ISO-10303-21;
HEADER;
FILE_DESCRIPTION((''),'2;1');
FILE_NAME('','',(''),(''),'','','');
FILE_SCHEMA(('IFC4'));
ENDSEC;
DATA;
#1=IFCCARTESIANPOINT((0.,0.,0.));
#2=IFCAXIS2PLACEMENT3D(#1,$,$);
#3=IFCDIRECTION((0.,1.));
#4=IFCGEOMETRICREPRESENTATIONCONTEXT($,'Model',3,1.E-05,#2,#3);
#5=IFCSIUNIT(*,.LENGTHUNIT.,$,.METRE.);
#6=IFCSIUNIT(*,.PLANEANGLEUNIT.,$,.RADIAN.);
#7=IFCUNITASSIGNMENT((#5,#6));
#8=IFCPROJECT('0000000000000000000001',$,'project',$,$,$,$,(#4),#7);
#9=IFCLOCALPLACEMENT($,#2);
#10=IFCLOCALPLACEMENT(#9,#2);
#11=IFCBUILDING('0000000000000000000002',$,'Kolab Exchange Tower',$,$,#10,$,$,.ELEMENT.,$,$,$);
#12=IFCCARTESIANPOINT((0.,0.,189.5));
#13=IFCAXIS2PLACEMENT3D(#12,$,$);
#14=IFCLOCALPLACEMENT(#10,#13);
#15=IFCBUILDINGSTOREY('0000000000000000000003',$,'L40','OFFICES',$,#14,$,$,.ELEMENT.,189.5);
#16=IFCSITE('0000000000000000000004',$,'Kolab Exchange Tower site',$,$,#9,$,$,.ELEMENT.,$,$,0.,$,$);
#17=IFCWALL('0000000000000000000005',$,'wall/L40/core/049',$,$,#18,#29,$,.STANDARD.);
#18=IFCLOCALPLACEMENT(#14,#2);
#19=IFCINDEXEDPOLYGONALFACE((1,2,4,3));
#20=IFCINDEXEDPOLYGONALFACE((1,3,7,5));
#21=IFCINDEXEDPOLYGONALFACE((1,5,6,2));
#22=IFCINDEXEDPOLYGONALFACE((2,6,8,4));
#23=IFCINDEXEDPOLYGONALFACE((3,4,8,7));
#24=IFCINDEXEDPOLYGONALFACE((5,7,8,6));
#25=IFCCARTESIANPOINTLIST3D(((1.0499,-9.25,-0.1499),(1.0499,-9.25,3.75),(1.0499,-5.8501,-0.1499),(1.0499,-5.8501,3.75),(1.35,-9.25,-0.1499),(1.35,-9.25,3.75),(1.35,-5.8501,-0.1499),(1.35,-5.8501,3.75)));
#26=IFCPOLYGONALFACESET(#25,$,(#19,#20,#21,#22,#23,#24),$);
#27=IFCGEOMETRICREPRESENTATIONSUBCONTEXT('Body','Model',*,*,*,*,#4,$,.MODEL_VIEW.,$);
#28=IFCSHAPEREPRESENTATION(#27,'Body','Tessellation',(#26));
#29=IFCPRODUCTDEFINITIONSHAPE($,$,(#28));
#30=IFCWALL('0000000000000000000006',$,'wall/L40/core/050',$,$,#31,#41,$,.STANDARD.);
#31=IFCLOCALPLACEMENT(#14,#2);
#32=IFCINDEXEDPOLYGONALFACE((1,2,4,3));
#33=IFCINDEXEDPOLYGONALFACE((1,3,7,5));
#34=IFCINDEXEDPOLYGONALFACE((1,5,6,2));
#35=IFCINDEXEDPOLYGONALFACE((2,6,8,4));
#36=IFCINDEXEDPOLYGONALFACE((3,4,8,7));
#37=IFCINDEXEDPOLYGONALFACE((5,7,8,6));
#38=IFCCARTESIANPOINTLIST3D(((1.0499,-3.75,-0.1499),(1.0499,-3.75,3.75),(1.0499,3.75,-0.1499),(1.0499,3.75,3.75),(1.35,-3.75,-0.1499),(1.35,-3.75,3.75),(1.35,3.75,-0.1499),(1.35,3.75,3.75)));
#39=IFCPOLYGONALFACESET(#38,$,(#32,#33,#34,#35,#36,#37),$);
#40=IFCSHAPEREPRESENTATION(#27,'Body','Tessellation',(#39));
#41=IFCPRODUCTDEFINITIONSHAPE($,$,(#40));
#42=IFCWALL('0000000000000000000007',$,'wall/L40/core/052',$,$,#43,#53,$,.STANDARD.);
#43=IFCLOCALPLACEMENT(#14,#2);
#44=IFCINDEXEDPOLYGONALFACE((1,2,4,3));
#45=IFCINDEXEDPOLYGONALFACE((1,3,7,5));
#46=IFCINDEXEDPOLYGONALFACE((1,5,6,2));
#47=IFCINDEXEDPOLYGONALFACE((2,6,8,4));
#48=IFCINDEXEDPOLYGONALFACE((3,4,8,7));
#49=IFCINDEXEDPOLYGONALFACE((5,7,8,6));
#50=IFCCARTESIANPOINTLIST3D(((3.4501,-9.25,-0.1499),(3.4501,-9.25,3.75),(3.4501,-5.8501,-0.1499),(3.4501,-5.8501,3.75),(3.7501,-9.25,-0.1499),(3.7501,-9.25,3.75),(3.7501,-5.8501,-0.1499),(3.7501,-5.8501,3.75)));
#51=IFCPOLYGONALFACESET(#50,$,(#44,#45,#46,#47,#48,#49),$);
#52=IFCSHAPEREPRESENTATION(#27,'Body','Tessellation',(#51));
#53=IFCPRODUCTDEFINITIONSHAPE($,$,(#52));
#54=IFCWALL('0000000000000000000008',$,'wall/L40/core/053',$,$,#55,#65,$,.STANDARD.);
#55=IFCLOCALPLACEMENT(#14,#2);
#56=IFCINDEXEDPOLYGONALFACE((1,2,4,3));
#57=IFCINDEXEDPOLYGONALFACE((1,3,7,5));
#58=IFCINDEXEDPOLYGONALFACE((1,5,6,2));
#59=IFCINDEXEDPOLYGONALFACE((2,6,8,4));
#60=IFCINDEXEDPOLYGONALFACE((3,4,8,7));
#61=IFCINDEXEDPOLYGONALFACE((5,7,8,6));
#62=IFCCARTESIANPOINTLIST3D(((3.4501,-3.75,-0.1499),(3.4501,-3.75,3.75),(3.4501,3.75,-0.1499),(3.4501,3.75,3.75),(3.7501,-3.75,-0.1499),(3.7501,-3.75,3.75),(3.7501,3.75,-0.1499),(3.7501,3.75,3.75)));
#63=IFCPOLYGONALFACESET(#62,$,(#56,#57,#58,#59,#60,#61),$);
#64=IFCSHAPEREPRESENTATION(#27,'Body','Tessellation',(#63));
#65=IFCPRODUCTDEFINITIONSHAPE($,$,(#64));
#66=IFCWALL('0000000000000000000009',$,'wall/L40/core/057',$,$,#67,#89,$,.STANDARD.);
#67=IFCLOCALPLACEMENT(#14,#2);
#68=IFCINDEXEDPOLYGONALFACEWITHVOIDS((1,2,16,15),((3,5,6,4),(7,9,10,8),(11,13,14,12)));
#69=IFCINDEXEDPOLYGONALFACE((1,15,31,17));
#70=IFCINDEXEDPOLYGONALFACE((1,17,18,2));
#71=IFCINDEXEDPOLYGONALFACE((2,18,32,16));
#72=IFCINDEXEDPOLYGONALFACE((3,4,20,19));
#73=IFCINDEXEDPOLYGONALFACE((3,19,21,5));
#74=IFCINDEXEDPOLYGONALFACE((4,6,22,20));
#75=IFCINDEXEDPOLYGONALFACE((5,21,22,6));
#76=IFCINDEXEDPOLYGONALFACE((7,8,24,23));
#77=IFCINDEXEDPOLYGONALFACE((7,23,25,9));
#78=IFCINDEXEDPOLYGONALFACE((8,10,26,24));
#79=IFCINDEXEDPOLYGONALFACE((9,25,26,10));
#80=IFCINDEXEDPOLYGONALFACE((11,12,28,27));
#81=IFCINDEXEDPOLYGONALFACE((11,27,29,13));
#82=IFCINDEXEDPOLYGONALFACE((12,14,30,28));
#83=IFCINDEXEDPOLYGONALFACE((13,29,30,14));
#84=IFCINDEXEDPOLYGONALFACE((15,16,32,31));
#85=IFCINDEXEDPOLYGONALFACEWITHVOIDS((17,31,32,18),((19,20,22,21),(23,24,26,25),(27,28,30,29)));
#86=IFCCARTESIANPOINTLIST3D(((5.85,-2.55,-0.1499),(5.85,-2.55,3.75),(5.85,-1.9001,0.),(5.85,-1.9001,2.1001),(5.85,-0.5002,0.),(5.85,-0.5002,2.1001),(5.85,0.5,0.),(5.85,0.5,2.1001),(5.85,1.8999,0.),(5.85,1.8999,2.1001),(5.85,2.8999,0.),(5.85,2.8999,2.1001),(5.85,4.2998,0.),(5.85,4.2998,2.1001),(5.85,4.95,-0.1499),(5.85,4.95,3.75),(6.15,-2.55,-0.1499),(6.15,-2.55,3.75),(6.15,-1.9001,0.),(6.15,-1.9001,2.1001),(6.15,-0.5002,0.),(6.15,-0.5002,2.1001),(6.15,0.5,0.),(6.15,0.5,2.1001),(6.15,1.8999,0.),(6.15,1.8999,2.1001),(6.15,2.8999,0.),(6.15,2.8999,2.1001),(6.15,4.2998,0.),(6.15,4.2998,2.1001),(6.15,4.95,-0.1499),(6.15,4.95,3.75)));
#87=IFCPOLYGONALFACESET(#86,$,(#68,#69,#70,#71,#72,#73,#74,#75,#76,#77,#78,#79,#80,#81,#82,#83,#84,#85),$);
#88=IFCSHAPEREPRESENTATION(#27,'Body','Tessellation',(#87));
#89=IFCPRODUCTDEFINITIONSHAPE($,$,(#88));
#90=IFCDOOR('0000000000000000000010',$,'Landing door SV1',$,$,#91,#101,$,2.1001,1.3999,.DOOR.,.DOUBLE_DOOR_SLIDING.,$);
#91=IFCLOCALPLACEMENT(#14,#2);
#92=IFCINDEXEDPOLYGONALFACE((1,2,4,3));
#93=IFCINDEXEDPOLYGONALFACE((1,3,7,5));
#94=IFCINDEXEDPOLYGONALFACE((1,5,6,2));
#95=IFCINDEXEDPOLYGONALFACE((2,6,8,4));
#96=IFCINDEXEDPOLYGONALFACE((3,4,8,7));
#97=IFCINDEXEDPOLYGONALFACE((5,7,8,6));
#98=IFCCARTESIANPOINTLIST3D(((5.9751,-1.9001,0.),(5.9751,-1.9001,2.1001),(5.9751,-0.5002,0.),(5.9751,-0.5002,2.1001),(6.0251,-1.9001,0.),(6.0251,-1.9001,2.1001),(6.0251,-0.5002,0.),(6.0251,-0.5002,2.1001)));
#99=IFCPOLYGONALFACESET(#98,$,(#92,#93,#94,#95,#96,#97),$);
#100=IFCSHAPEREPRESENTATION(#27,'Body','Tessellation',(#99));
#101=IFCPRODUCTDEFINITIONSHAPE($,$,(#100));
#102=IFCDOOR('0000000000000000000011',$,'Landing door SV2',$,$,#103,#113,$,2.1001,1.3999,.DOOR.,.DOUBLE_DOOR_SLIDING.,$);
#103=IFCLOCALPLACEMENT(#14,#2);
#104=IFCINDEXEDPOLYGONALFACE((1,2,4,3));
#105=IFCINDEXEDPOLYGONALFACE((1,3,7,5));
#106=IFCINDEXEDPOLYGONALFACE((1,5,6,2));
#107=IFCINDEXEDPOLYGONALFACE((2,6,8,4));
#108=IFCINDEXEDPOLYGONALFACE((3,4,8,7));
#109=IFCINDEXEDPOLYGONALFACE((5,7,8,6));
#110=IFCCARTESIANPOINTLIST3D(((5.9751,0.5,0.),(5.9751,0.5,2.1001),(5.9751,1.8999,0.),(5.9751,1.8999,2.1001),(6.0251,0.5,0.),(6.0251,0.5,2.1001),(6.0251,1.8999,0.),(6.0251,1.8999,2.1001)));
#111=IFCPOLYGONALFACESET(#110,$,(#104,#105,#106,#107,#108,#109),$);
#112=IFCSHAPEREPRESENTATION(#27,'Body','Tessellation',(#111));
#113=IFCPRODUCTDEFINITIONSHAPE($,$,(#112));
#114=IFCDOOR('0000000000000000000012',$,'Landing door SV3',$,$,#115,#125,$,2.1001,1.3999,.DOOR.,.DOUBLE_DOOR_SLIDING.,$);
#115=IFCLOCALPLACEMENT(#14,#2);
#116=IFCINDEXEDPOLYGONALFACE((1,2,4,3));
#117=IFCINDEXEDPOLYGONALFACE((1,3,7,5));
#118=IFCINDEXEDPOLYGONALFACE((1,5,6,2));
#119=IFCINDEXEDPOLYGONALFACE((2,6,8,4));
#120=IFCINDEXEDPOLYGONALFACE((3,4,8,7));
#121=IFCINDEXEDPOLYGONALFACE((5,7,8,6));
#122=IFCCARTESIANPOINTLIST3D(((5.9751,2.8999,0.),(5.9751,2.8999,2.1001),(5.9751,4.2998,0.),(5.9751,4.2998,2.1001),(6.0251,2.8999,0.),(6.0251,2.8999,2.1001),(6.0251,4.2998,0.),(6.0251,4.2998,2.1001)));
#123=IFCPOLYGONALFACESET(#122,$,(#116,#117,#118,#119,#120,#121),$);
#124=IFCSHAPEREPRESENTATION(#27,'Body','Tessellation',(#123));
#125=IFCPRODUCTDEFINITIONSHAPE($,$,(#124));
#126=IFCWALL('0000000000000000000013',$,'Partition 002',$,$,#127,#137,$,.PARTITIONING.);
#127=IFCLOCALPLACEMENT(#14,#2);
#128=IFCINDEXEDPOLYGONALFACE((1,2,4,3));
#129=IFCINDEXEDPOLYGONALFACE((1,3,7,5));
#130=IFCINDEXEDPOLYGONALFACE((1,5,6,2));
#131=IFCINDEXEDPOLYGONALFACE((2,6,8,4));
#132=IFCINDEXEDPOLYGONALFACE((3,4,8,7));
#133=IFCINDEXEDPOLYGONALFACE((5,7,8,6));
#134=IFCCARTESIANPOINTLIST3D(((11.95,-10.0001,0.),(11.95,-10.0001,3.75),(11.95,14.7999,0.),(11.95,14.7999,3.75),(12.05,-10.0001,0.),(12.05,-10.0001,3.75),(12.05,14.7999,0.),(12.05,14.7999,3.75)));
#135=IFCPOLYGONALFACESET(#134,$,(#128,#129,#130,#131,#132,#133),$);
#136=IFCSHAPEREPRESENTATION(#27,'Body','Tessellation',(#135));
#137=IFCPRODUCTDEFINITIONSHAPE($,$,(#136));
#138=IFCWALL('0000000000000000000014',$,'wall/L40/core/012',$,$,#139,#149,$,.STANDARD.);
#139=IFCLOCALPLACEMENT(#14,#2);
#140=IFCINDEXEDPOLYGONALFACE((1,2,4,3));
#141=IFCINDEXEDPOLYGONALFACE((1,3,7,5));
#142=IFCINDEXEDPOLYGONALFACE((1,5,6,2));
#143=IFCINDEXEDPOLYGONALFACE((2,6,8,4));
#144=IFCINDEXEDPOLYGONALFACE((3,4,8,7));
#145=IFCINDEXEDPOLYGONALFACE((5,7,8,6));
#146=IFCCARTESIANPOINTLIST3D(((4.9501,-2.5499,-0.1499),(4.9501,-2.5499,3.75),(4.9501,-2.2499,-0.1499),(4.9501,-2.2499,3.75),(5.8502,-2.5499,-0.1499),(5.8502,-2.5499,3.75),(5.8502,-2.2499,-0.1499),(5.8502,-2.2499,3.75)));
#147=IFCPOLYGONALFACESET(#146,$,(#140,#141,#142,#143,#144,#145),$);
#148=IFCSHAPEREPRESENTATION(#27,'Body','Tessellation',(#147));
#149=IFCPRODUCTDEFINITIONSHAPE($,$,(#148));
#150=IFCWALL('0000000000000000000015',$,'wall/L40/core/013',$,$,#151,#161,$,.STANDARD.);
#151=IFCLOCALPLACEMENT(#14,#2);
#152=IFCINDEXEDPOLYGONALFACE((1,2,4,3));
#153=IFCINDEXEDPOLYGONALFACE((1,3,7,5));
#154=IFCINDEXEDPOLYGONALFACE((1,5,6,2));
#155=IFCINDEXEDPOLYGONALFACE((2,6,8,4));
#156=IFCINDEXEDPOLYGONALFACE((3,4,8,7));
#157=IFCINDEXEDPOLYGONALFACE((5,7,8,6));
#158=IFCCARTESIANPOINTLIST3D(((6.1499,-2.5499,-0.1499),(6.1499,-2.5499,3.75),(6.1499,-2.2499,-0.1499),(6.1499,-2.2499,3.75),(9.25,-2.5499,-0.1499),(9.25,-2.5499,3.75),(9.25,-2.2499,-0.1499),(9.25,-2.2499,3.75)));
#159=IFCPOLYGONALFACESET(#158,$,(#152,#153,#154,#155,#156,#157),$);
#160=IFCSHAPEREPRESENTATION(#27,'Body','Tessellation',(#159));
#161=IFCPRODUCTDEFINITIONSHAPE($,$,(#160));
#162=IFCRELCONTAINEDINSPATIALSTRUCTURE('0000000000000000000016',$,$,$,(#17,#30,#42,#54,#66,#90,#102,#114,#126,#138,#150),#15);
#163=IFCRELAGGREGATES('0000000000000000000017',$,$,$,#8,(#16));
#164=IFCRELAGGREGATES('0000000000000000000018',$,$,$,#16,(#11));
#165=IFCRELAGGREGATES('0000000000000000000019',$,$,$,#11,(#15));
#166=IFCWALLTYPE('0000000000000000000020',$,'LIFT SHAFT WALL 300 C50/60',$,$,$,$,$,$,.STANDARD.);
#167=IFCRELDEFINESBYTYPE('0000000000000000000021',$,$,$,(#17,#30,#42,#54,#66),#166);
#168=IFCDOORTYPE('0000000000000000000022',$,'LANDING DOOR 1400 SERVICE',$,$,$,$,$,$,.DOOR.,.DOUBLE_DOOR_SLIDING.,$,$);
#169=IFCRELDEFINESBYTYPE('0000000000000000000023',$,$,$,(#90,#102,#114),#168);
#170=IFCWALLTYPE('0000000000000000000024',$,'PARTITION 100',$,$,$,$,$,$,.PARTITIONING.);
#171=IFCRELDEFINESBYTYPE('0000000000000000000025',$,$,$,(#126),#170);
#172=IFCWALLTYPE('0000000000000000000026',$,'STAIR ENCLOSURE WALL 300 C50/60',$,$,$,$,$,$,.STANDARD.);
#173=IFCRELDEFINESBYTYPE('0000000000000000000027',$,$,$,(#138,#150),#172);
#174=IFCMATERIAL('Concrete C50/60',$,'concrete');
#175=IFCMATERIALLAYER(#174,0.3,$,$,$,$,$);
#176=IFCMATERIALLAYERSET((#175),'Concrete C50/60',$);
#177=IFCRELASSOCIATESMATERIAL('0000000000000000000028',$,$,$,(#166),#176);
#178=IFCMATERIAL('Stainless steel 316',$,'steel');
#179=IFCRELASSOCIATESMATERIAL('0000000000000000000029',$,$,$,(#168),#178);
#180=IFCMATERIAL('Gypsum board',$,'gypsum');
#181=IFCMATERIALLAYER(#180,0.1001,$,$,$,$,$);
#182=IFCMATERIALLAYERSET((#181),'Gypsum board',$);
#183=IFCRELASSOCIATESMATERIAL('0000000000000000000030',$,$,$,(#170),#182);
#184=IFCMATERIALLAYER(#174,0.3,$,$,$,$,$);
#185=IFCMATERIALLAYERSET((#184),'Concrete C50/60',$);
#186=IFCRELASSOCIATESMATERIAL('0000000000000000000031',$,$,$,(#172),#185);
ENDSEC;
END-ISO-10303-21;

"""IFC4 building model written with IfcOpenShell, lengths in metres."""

from ifc_helpers import new_model, si_unit, direction, frame, frame_2d, origin, place, context, subcontext, project, spatial, rectangle, extrude, material, layer, layer_set, type_object, element, fill, save


model = new_model("IFC4")

# Units and contexts
model_context = context("Model", 3, precision=1e-05, world=origin(), true_north=direction((0.0, 1.0)))
body_context = subcontext(model_context, "Body", "Model", "MODEL_VIEW")
ifc_project = project(units=[si_unit("LENGTHUNIT", "METRE"), si_unit("PLANEANGLEUNIT", "RADIAN")], contexts=[model_context])

# Site, building, storey
site_placement = place(None, origin())
site = spatial("IfcSite", under=ifc_project, at=site_placement, Name="Kolab Exchange Tower site", CompositionType="ELEMENT", RefElevation=0.0)
building_placement = place(site_placement, origin())
building = spatial("IfcBuilding", under=site, at=building_placement, Name="Kolab Exchange Tower", CompositionType="ELEMENT")
storey_placement = place(building_placement, frame((0.0, 0.0, 189.5)))
storey = spatial("IfcBuildingStorey", under=building, at=storey_placement, Name="L40", Description="OFFICES", CompositionType="ELEMENT", Elevation=189.5)

# Shared definitions
ifc_material_1 = material(Name="Concrete C50/60", Category="concrete")
ifc_layer_1 = layer(ifc_material_1, 0.3)
ifc_layer_set_1 = layer_set([ifc_layer_1], Name="Concrete C50/60")
wall_type_1 = type_object("IfcWallType", Name="LIFT SHAFT WALL 300 C50/60", PredefinedType="STANDARD", material=ifc_layer_set_1)
ifc_material_2 = material(Name="Stainless steel 316", Category="steel")

# Walls
wall_1_placement = place(storey_placement, frame((1.2, -9.25, -0.1499), z_axis=(0.0, 0.0, 1.0), x_axis=(0.0, 1.0, 0.0)))
element("IfcWall", 1, at=wall_1_placement, inside=storey, type_object=wall_type_1, Name="wall/L40/core/049", PredefinedType="STANDARD", context=body_context, shape_type="SweptSolid", body=[
    extrude(rectangle(XDim=3.3999, YDim=0.3, at=frame_2d((1.7, 0.0))), origin(), (0.0, 0.0, 1.0), 3.8999),
])
wall_2_placement = place(storey_placement, frame((1.2, -3.75, -0.1499), z_axis=(0.0, 0.0, 1.0), x_axis=(0.0, 1.0, 0.0)))
element("IfcWall", 2, at=wall_2_placement, inside=storey, type_object=wall_type_1, Name="wall/L40/core/050", PredefinedType="STANDARD", context=body_context, shape_type="SweptSolid", body=[
    extrude(rectangle(XDim=7.5, YDim=0.3, at=frame_2d((3.75, 0.0))), origin(), (0.0, 0.0, 1.0), 3.8999),
])
wall_3_placement = place(storey_placement, frame((3.6001, -9.25, -0.1499), z_axis=(0.0, 0.0, 1.0), x_axis=(0.0, 1.0, 0.0)))
element("IfcWall", 3, at=wall_3_placement, inside=storey, type_object=wall_type_1, Name="wall/L40/core/052", PredefinedType="STANDARD", context=body_context, shape_type="SweptSolid", body=[
    extrude(rectangle(XDim=3.3999, YDim=0.3, at=frame_2d((1.7, 0.0))), origin(), (0.0, 0.0, 1.0), 3.8999),
])
wall_4_placement = place(storey_placement, frame((3.6001, -3.75, -0.1499), z_axis=(0.0, 0.0, 1.0), x_axis=(0.0, 1.0, 0.0)))
element("IfcWall", 4, at=wall_4_placement, inside=storey, type_object=wall_type_1, Name="wall/L40/core/053", PredefinedType="STANDARD", context=body_context, shape_type="SweptSolid", body=[
    extrude(rectangle(XDim=7.5, YDim=0.3, at=frame_2d((3.75, 0.0))), origin(), (0.0, 0.0, 1.0), 3.8999),
])

# Wall, openings, doors
wall_5_placement = place(storey_placement, frame((6.0, -2.55, -0.1499), z_axis=(0.0, 0.0, 1.0), x_axis=(0.0, 1.0, 0.0)))
wall_5 = element("IfcWall", 5, at=wall_5_placement, inside=storey, type_object=wall_type_1, Name="wall/L40/core/057", PredefinedType="STANDARD", context=body_context, shape_type="SweptSolid", body=[
    extrude(rectangle(XDim=7.5, YDim=0.3, at=frame_2d((3.75, 0.0))), origin(), (0.0, 0.0, 1.0), 3.8999),
])
opening_1_placement = place(wall_5_placement, frame((0.6499, 0.0, 0.1499)))
opening_1 = element("IfcOpeningElement", 6, at=opening_1_placement, cuts=wall_5, PredefinedType="OPENING", context=body_context, shape_type="SweptSolid", body=[
    extrude(rectangle(XDim=1.3999, YDim=2.1001, at=frame_2d((0.7, 1.05))), frame((0.0, 0.1602, 0.0), z_axis=(0.0, -1.0, 0.0), x_axis=(1.0, 0.0, 0.0)), (0.0, 0.0, 1.0), 0.3201),
])
opening_2_placement = place(wall_5_placement, frame((3.05, 0.0, 0.1499)))
opening_2 = element("IfcOpeningElement", 7, at=opening_2_placement, cuts=wall_5, PredefinedType="OPENING", context=body_context, shape_type="SweptSolid", body=[
    extrude(rectangle(XDim=1.3999, YDim=2.1001, at=frame_2d((0.7, 1.05))), frame((0.0, 0.1602, 0.0), z_axis=(0.0, -1.0, 0.0), x_axis=(1.0, 0.0, 0.0)), (0.0, 0.0, 1.0), 0.3201),
])
opening_3_placement = place(wall_5_placement, frame((5.45, 0.0, 0.1499)))
opening_3 = element("IfcOpeningElement", 8, at=opening_3_placement, cuts=wall_5, PredefinedType="OPENING", context=body_context, shape_type="SweptSolid", body=[
    extrude(rectangle(XDim=1.3999, YDim=2.1001, at=frame_2d((0.7, 1.05))), frame((0.0, 0.1602, 0.0), z_axis=(0.0, -1.0, 0.0), x_axis=(1.0, 0.0, 0.0)), (0.0, 0.0, 1.0), 0.3201),
])
door_type_1 = type_object("IfcDoorType", Name="LANDING DOOR 1400 SERVICE", OperationType="DOUBLE_DOOR_SLIDING", PredefinedType="DOOR", material=ifc_material_2)
door_1_placement = place(opening_1_placement, origin())
door_1 = element("IfcDoor", 9, at=door_1_placement, inside=storey, type_object=door_type_1, Name="Landing door SV1", OperationType="DOUBLE_DOOR_SLIDING", OverallHeight=2.1001, OverallWidth=1.3999, PredefinedType="DOOR", context=body_context, shape_type="SweptSolid", body=[
    extrude(rectangle(XDim=1.3999, YDim=2.1001, at=frame_2d((0.7, 1.05))), frame((0.0, 0.0249, 0.0), z_axis=(0.0, -1.0, 0.0), x_axis=(1.0, 0.0, 0.0)), (0.0, 0.0, 1.0), 0.05),
])
fill(opening_1, door_1)
door_2_placement = place(opening_2_placement, origin())
door_2 = element("IfcDoor", 10, at=door_2_placement, inside=storey, type_object=door_type_1, Name="Landing door SV2", OperationType="DOUBLE_DOOR_SLIDING", OverallHeight=2.1001, OverallWidth=1.3999, PredefinedType="DOOR", context=body_context, shape_type="SweptSolid", body=[
    extrude(rectangle(XDim=1.3999, YDim=2.1001, at=frame_2d((0.7, 1.05))), frame((0.0, 0.0249, 0.0), z_axis=(0.0, -1.0, 0.0), x_axis=(1.0, 0.0, 0.0)), (0.0, 0.0, 1.0), 0.05),
])
fill(opening_2, door_2)
door_3_placement = place(opening_3_placement, origin())
door_3 = element("IfcDoor", 11, at=door_3_placement, inside=storey, type_object=door_type_1, Name="Landing door SV3", OperationType="DOUBLE_DOOR_SLIDING", OverallHeight=2.1001, OverallWidth=1.3999, PredefinedType="DOOR", context=body_context, shape_type="SweptSolid", body=[
    extrude(rectangle(XDim=1.3999, YDim=2.1001, at=frame_2d((0.7, 1.05))), frame((0.0, 0.0249, 0.0), z_axis=(0.0, -1.0, 0.0), x_axis=(1.0, 0.0, 0.0)), (0.0, 0.0, 1.0), 0.05),
])
fill(opening_3, door_3)

# Walls
ifc_material_3 = material(Name="Gypsum board", Category="gypsum")
ifc_layer_2 = layer(ifc_material_3, 0.1001)
ifc_layer_set_2 = layer_set([ifc_layer_2], Name="Gypsum board")
wall_type_2 = type_object("IfcWallType", Name="PARTITION 100", PredefinedType="PARTITIONING", material=ifc_layer_set_2)
wall_6_placement = place(storey_placement, frame((12.0, -10.0, 0.0), z_axis=(0.0, 0.0, 1.0), x_axis=(0.0, 1.0, 0.0)))
element("IfcWall", 12, at=wall_6_placement, inside=storey, type_object=wall_type_2, Name="Partition 002", PredefinedType="PARTITIONING", context=body_context, shape_type="SweptSolid", body=[
    extrude(rectangle(XDim=24.8, YDim=0.1001, at=frame_2d((12.3999, 0.0))), origin(), (0.0, 0.0, 1.0), 3.75),
])
ifc_layer_3 = layer(ifc_material_1, 0.3)
ifc_layer_set_3 = layer_set([ifc_layer_3], Name="Concrete C50/60")
wall_type_3 = type_object("IfcWallType", Name="STAIR ENCLOSURE WALL 300 C50/60", PredefinedType="STANDARD", material=ifc_layer_set_3)
wall_7_placement = place(storey_placement, frame((4.95, -2.3999, -0.1499), z_axis=(0.0, 0.0, 1.0), x_axis=(1.0, 0.0, 0.0)))
element("IfcWall", 13, at=wall_7_placement, inside=storey, type_object=wall_type_3, Name="wall/L40/core/012", PredefinedType="STANDARD", context=body_context, shape_type="SweptSolid", body=[
    extrude(rectangle(XDim=0.9001, YDim=0.3, at=frame_2d((0.4502, 0.0))), origin(), (0.0, 0.0, 1.0), 3.8999),
])
wall_8_placement = place(storey_placement, frame((6.1499, -2.3999, -0.1499), z_axis=(0.0, 0.0, 1.0), x_axis=(1.0, 0.0, 0.0)))
element("IfcWall", 14, at=wall_8_placement, inside=storey, type_object=wall_type_3, Name="wall/L40/core/013", PredefinedType="STANDARD", context=body_context, shape_type="SweptSolid", body=[
    extrude(rectangle(XDim=3.1001, YDim=0.3, at=frame_2d((1.55, 0.0))), origin(), (0.0, 0.0, 1.0), 3.8999),
])

save(model, "model.ifc")
